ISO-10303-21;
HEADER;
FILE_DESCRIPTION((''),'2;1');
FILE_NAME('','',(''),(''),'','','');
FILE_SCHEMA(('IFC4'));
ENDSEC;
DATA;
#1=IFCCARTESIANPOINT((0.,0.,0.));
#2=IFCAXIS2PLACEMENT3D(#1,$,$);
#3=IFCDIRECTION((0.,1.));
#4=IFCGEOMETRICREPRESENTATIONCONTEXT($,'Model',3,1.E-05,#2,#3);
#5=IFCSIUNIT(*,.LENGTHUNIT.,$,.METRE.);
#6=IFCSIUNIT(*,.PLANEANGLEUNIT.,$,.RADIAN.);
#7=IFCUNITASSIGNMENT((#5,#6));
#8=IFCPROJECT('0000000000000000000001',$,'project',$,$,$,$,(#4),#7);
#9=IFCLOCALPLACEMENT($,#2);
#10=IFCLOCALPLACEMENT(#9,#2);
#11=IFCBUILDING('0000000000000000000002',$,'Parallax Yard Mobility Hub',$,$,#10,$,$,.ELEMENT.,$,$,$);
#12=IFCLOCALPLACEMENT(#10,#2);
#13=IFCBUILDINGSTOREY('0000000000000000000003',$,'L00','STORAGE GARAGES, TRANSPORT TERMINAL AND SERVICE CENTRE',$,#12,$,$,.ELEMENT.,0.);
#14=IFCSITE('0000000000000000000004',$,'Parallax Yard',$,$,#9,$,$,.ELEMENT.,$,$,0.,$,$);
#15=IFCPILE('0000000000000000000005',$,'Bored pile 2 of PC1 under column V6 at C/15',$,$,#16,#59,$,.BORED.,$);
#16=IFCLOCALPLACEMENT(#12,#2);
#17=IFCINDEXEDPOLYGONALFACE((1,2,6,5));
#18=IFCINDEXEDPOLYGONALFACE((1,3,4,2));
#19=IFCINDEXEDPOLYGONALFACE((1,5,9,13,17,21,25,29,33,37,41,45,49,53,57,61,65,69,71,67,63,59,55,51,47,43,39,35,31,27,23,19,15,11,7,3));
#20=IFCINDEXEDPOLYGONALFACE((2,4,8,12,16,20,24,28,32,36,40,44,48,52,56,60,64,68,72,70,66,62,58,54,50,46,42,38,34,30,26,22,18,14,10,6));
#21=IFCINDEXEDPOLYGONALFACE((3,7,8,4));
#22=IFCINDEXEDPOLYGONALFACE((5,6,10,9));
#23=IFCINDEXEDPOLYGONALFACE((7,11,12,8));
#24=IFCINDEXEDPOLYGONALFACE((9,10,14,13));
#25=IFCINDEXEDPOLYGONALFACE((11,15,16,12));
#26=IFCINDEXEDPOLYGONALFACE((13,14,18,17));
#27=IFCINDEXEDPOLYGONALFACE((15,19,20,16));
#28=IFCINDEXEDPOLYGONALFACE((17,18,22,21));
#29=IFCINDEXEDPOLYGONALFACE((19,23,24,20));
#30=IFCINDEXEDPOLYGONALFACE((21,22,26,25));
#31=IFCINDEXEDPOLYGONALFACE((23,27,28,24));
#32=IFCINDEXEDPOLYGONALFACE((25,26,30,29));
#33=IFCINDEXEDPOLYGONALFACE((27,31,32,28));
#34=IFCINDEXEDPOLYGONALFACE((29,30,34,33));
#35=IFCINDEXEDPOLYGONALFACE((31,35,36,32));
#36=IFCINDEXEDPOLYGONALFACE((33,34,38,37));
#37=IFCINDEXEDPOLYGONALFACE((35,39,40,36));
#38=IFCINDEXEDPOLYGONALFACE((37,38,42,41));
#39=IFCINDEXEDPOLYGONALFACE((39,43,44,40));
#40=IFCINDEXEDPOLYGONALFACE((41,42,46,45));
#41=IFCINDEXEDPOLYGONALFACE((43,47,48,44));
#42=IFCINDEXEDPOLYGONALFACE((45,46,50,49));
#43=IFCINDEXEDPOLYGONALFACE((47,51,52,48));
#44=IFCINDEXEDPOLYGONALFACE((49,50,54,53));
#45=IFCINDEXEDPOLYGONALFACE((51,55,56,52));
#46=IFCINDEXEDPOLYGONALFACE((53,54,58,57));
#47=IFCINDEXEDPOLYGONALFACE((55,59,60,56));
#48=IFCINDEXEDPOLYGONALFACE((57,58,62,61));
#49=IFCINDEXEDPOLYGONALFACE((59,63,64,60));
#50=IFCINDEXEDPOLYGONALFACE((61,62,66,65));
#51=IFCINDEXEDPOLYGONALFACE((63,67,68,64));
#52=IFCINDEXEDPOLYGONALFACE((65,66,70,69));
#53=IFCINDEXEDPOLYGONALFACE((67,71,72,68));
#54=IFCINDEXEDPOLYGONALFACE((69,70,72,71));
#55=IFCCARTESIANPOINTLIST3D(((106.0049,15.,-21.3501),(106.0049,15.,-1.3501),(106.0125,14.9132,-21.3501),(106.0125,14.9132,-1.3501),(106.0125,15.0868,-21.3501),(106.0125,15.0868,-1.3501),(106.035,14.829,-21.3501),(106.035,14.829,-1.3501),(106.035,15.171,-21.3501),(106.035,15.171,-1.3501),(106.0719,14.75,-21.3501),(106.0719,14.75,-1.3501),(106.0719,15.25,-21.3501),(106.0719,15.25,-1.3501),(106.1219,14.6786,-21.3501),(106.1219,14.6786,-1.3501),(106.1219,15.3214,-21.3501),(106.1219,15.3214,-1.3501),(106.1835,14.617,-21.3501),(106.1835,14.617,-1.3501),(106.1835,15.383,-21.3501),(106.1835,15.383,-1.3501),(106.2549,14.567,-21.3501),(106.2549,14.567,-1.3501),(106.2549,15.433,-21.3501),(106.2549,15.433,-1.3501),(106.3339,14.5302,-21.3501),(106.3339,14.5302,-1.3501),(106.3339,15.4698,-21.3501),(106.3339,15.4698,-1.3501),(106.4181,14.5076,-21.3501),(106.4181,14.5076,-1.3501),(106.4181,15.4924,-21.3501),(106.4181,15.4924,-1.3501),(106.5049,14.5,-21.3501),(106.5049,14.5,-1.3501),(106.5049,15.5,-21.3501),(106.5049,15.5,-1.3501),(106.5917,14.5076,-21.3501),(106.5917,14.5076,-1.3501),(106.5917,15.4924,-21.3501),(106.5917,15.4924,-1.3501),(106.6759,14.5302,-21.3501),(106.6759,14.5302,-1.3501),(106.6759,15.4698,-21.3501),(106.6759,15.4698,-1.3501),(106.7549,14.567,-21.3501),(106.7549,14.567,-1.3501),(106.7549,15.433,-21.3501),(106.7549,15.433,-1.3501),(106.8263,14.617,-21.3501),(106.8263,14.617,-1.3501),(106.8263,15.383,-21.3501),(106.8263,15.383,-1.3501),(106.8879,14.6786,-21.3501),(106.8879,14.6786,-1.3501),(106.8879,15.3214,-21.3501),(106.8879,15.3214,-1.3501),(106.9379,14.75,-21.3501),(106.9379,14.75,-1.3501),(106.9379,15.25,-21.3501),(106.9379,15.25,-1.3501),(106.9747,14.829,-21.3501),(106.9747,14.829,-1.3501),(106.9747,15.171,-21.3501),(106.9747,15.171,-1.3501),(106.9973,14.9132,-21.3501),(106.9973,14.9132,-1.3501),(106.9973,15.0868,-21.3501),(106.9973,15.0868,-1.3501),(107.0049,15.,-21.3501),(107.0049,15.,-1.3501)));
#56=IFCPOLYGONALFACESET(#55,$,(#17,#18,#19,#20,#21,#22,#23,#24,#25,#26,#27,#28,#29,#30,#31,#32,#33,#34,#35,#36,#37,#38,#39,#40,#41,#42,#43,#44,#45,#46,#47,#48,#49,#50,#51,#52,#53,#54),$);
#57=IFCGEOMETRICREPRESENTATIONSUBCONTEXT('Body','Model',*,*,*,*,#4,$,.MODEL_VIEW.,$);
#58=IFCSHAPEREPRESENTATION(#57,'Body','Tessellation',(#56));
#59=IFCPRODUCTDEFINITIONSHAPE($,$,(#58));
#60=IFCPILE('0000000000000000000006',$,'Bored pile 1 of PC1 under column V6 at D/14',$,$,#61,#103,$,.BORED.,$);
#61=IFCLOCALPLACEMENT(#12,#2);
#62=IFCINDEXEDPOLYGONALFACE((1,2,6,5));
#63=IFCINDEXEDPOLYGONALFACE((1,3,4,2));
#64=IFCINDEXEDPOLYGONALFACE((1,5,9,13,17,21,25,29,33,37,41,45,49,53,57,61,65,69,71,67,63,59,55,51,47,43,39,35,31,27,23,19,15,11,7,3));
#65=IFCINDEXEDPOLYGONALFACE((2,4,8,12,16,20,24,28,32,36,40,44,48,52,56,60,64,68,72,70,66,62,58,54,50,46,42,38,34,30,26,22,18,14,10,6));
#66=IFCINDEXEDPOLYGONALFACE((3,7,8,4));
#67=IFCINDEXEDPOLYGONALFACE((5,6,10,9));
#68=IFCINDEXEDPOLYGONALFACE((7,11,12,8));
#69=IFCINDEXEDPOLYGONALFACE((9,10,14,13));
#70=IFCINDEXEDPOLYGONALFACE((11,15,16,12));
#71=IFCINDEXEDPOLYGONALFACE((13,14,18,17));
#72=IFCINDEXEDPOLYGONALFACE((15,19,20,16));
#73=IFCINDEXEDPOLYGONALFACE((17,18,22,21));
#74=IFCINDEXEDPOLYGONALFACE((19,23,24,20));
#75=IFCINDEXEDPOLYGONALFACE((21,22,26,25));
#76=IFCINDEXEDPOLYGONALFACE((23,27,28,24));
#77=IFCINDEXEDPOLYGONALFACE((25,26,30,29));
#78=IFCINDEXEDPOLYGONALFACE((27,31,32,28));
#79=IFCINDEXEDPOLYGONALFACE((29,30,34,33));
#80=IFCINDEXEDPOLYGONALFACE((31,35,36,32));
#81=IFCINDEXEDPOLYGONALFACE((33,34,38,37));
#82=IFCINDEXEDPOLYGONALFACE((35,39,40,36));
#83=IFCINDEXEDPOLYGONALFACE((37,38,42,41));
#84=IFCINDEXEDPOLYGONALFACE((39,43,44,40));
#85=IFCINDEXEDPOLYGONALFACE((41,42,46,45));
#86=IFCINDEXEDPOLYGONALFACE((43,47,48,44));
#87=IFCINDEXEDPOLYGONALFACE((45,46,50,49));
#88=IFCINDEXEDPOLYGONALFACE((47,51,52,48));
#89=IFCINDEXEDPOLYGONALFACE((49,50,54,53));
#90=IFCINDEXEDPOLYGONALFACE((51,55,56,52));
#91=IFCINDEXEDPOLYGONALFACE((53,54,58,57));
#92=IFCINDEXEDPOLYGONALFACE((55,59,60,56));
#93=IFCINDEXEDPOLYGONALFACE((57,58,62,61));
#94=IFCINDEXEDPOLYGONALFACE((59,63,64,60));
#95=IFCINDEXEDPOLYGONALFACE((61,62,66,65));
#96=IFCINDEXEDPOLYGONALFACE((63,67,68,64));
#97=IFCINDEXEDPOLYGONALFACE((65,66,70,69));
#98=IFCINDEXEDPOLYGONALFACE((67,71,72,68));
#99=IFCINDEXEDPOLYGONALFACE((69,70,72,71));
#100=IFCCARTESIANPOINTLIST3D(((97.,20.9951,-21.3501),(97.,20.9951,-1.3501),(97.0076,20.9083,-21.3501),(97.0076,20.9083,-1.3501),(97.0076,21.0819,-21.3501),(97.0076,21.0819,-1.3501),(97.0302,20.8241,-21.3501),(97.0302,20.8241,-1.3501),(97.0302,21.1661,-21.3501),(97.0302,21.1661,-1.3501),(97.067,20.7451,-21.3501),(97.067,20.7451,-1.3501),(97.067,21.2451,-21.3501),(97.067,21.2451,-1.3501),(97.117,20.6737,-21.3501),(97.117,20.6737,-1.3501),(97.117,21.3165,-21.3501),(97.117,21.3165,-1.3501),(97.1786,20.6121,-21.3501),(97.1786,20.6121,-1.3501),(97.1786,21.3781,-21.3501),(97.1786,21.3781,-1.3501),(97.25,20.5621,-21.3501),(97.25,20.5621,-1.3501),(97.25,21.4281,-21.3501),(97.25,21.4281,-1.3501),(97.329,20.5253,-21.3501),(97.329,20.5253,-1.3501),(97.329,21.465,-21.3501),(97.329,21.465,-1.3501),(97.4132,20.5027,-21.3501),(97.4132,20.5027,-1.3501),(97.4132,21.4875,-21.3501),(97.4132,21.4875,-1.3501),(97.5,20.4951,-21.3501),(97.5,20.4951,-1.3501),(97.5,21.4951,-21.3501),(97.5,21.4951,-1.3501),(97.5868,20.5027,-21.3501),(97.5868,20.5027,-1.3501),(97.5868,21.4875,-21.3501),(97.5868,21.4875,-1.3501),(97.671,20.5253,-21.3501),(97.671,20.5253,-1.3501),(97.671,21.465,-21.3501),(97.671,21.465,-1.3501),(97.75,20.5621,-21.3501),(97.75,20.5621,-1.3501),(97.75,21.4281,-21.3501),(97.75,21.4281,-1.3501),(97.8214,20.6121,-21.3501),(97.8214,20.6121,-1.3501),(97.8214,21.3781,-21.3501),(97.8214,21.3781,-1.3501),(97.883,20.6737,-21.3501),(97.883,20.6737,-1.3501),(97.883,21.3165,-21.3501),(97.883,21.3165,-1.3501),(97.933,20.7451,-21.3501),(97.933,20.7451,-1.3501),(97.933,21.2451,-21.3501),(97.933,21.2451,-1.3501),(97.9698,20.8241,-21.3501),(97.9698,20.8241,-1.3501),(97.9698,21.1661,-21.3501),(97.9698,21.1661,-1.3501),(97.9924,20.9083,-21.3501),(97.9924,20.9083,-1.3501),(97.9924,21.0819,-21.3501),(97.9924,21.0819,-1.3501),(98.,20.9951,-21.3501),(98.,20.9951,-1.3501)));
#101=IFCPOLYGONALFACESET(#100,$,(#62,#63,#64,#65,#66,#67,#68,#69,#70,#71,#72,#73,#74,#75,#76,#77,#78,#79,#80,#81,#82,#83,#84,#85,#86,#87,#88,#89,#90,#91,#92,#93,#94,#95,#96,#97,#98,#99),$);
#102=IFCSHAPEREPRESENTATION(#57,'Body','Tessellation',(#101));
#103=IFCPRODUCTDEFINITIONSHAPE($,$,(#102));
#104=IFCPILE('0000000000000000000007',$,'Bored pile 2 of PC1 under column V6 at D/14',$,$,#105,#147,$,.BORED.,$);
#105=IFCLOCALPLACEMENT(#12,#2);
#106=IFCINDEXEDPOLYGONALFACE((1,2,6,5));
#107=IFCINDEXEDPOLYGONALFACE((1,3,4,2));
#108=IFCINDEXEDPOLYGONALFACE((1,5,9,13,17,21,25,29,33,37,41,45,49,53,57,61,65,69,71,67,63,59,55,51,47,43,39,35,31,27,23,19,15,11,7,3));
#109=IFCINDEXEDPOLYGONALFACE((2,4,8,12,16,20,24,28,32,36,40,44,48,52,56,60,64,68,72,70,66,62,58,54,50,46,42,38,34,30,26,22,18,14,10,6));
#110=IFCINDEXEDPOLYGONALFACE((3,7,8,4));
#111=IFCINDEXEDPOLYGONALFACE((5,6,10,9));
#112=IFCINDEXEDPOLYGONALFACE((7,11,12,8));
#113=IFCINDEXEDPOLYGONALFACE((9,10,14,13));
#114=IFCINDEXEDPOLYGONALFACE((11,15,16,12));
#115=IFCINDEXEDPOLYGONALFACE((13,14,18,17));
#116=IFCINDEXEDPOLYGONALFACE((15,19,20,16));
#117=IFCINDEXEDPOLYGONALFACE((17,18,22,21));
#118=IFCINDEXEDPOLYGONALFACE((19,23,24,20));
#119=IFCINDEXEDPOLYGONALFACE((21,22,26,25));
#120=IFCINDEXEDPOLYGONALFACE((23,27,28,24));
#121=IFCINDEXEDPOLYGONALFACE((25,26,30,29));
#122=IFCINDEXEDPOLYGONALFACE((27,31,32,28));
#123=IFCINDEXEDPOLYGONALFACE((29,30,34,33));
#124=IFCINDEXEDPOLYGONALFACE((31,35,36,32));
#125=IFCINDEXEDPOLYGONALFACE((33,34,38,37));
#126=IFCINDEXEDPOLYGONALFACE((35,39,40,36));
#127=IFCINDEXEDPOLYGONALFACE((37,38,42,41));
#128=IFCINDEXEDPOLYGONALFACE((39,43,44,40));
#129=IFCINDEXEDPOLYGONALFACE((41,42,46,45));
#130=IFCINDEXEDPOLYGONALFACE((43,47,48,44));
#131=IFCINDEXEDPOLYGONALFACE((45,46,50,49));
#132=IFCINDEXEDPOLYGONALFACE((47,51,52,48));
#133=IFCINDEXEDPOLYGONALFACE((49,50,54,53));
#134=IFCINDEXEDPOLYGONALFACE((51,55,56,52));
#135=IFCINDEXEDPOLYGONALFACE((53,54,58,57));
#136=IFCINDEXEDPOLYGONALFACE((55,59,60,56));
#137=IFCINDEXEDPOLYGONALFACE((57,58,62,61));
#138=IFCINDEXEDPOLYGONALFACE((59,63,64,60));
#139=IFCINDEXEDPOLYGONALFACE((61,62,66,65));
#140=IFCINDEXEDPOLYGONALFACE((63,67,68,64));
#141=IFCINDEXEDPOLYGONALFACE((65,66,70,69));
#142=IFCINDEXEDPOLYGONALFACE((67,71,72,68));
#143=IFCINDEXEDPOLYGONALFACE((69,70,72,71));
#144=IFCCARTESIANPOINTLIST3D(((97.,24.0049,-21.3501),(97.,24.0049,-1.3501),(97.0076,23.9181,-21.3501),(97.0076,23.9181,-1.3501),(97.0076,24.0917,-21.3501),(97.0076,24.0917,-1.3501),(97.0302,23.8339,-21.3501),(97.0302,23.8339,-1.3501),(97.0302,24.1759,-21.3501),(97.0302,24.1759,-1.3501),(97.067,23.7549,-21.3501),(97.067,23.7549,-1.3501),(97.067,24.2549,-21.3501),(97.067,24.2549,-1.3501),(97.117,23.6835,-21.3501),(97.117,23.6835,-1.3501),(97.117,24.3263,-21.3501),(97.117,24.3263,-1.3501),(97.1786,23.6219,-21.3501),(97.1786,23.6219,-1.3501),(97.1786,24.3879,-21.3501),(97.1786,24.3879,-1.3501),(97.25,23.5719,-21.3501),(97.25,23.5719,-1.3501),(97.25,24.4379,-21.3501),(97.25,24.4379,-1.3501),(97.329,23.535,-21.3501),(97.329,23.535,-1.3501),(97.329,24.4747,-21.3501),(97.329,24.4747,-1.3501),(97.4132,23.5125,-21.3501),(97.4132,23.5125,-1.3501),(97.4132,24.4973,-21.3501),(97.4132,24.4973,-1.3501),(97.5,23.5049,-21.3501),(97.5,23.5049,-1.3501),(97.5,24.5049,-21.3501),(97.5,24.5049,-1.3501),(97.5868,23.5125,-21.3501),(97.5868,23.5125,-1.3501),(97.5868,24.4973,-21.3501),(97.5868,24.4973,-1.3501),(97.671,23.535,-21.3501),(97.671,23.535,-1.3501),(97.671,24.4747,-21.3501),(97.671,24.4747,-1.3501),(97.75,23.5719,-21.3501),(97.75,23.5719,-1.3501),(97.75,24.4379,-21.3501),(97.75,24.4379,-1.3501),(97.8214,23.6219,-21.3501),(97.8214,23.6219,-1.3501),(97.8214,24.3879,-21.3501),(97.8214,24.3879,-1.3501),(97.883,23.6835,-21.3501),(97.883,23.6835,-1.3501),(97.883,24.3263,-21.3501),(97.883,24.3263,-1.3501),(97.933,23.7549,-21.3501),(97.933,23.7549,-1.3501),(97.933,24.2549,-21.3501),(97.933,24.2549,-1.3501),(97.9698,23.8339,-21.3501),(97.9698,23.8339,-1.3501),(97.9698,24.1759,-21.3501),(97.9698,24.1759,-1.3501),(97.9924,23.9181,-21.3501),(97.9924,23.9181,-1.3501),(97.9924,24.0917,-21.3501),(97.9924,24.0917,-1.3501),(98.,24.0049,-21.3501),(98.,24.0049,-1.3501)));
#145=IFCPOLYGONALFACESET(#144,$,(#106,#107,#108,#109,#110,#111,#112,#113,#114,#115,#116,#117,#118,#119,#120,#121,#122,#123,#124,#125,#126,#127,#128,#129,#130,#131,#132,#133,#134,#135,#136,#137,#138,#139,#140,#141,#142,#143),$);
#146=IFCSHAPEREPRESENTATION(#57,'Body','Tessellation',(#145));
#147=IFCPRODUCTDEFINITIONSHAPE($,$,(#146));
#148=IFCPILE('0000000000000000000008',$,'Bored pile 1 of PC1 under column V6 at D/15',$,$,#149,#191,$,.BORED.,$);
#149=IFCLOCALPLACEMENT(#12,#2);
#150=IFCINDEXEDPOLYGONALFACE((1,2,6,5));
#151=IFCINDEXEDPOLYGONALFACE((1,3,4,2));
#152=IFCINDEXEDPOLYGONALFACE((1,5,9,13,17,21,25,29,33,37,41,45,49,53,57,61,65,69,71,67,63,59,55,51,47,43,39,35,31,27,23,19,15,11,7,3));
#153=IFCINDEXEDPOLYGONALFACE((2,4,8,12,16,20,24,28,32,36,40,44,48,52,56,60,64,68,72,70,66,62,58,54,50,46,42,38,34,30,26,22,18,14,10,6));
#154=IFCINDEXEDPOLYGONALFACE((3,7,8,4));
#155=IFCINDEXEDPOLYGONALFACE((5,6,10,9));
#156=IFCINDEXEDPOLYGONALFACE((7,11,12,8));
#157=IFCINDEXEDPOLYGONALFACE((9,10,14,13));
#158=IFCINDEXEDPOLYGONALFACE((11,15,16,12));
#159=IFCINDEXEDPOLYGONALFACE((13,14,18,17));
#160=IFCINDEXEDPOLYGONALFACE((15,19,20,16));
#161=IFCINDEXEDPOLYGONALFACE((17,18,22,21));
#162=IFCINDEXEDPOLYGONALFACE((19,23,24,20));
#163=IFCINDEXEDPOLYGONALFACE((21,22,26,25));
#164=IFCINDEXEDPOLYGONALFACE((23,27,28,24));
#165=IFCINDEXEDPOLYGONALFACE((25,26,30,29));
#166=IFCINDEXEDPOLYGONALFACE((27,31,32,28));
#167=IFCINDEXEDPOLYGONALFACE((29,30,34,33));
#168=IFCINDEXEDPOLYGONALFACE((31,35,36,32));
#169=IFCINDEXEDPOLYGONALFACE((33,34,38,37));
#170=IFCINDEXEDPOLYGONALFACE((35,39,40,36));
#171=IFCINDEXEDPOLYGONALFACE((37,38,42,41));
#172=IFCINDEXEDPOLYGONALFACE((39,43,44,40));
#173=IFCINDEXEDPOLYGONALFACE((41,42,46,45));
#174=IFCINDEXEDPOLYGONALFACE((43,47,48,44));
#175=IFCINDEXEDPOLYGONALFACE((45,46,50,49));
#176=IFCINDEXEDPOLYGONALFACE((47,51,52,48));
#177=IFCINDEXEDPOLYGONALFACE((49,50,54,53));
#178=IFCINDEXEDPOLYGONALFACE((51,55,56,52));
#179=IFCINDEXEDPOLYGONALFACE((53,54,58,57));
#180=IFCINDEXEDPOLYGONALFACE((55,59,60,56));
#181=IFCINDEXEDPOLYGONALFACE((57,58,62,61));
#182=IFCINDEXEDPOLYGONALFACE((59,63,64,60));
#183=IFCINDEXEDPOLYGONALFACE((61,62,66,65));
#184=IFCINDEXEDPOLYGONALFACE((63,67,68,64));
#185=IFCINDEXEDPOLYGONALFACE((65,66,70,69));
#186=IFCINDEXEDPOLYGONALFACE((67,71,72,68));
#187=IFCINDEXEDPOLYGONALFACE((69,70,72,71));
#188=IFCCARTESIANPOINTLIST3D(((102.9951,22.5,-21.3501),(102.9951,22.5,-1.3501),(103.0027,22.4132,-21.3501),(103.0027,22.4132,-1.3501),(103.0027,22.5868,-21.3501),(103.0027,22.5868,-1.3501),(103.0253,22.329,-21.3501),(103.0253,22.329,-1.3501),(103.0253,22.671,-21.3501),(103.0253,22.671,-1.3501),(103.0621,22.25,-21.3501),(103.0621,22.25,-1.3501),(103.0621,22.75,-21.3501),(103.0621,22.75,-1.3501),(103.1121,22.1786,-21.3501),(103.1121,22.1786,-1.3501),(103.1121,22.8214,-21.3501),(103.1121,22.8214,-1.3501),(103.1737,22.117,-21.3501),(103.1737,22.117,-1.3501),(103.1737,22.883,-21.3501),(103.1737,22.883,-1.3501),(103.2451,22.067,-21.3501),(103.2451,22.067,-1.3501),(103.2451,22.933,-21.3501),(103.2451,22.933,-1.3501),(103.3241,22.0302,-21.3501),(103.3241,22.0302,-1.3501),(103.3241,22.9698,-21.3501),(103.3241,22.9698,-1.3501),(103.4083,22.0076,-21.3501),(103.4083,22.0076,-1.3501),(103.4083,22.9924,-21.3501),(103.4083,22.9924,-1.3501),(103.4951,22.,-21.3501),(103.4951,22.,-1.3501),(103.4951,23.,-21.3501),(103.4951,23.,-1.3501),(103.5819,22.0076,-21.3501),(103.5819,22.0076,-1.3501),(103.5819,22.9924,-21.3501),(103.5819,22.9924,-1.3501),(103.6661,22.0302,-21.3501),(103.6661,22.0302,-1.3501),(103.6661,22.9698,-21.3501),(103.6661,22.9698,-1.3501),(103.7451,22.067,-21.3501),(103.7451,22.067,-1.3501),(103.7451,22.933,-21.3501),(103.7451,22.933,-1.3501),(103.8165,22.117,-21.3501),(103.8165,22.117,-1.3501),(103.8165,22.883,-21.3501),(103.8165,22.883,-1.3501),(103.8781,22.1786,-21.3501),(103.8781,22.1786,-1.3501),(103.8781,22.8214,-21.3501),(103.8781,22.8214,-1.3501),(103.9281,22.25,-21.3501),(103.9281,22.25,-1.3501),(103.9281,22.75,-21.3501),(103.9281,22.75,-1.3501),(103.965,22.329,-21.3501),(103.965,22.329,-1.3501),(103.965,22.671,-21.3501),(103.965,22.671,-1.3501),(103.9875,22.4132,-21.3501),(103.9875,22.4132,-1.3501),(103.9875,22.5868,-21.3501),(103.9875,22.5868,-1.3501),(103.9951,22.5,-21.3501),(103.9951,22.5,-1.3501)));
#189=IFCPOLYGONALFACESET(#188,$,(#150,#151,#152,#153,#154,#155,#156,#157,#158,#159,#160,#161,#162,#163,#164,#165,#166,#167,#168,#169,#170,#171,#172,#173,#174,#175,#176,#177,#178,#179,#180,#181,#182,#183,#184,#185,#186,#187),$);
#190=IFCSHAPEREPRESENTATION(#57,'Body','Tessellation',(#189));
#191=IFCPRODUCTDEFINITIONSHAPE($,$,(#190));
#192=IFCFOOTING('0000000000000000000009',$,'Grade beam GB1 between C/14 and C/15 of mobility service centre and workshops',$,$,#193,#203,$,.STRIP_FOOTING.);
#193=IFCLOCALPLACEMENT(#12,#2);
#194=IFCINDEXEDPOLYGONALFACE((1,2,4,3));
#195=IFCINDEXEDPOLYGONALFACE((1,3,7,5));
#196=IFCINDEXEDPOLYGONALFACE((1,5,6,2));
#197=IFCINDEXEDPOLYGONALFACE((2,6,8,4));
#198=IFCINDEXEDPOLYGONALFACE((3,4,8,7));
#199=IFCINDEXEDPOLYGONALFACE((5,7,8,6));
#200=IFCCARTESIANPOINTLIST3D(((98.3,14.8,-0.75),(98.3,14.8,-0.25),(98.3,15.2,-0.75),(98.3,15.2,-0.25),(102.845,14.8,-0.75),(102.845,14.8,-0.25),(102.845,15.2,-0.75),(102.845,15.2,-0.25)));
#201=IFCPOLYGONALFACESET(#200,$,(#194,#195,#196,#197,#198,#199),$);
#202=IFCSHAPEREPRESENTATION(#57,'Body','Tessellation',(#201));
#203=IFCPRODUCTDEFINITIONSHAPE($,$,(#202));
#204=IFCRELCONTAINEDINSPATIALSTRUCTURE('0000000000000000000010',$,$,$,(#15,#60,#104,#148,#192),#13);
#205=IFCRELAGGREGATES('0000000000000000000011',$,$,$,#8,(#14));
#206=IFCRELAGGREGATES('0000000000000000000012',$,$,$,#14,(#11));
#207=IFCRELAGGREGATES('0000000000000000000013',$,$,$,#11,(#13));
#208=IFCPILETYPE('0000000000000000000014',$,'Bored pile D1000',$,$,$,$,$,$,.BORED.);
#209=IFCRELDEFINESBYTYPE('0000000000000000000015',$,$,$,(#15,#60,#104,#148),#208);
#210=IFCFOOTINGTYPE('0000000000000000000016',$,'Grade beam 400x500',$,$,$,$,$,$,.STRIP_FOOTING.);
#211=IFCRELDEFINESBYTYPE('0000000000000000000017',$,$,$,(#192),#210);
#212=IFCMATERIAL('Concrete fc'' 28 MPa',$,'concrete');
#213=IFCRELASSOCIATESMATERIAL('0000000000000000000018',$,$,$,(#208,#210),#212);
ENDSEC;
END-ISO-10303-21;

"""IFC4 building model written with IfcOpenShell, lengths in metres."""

from ifc_helpers import new_model, si_unit, direction, frame, origin, origin_2d, place, context, subcontext, project, spatial, rectangle, circle, extrude, material, material_profile, profile_set, type_object, element, save


model = new_model("IFC4")

# Units and contexts
model_context = context("Model", 3, precision=1e-05, world=origin(), true_north=direction((0.0, 1.0)))
body_context = subcontext(model_context, "Body", "Model", "MODEL_VIEW")
ifc_project = project(units=[si_unit("LENGTHUNIT", "METRE"), si_unit("PLANEANGLEUNIT", "RADIAN")], contexts=[model_context])

# Site, building, storey
site_placement = place(None, origin())
site = spatial("IfcSite", under=ifc_project, at=site_placement, Name="Parallax Yard", CompositionType="ELEMENT", RefElevation=0.0)
building_placement = place(site_placement, origin())
building = spatial("IfcBuilding", under=site, at=building_placement, Name="Parallax Yard Mobility Hub", CompositionType="ELEMENT")
storey_placement = place(building_placement, origin())
storey = spatial("IfcBuildingStorey", under=building, at=storey_placement, Name="L00", Description="STORAGE GARAGES, TRANSPORT TERMINAL AND SERVICE CENTRE", CompositionType="ELEMENT", Elevation=0.0)

# Piles
ifc_material_1 = material(Name="Concrete fc' 28 MPa", Category="concrete")
ifc_material_profile_1 = material_profile(ifc_material_1, circle(Radius=0.5, at=origin_2d()), Name="Bored pile D1000")
ifc_profile_set_1 = profile_set([ifc_material_profile_1], Name="Concrete fc' 28 MPa")
pile_type = type_object("IfcPileType", Name="Bored pile D1000", PredefinedType="BORED", material=ifc_profile_set_1)
for number, where, z_axis, x_axis, name in (
    (1, (106.5049, 15.0, -1.3501), (0.0, 0.0, -1.0), (1.0, 0.0, 0.0), "Bored pile 2 of PC1 under column V6 at C/15"),
    (2, (97.5, 20.9951, -1.3501), (0.0, 0.0, -1.0), (1.0, 0.0, 0.0), "Bored pile 1 of PC1 under column V6 at D/14"),
    (3, (97.5, 24.0049, -1.3501), (0.0, 0.0, -1.0), (1.0, 0.0, 0.0), "Bored pile 2 of PC1 under column V6 at D/14"),
    (4, (103.4951, 22.5, -1.3501), (0.0, 0.0, -1.0), (1.0, 0.0, 0.0), "Bored pile 1 of PC1 under column V6 at D/15"),
):
    element("IfcPile", number, at=place(storey_placement, frame(where, z_axis=z_axis, x_axis=x_axis)), inside=storey, type_object=pile_type, Name=name, PredefinedType="BORED", context=body_context, shape_type="SweptSolid", body=[
        extrude(circle(Radius=0.5, at=origin_2d()), origin(), (0.0, 0.0, 1.0), 20.0),
    ])

# Footing
ifc_material_profile_2 = material_profile(ifc_material_1, rectangle(XDim=0.3999, YDim=0.5, at=origin_2d()), Name="Grade beam 400x500")
ifc_profile_set_2 = profile_set([ifc_material_profile_2], Name="Concrete fc' 28 MPa")
footing_type_1 = type_object("IfcFootingType", Name="Grade beam 400x500", PredefinedType="STRIP_FOOTING", material=ifc_profile_set_2)
footing_1_placement = place(storey_placement, frame((98.3, 15.0, -0.5), z_axis=(1.0, 0.0, 0.0), x_axis=(0.0, 1.0, 0.0)))
element("IfcFooting", 5, at=footing_1_placement, inside=storey, type_object=footing_type_1, Name="Grade beam GB1 between C/14 and C/15 of mobility service centre and workshops", PredefinedType="STRIP_FOOTING", context=body_context, shape_type="SweptSolid", body=[
    extrude(rectangle(XDim=0.3999, YDim=0.5, at=origin_2d()), origin(), (0.0, 0.0, 1.0), 4.5449),
])

save(model, "model.ifc")
